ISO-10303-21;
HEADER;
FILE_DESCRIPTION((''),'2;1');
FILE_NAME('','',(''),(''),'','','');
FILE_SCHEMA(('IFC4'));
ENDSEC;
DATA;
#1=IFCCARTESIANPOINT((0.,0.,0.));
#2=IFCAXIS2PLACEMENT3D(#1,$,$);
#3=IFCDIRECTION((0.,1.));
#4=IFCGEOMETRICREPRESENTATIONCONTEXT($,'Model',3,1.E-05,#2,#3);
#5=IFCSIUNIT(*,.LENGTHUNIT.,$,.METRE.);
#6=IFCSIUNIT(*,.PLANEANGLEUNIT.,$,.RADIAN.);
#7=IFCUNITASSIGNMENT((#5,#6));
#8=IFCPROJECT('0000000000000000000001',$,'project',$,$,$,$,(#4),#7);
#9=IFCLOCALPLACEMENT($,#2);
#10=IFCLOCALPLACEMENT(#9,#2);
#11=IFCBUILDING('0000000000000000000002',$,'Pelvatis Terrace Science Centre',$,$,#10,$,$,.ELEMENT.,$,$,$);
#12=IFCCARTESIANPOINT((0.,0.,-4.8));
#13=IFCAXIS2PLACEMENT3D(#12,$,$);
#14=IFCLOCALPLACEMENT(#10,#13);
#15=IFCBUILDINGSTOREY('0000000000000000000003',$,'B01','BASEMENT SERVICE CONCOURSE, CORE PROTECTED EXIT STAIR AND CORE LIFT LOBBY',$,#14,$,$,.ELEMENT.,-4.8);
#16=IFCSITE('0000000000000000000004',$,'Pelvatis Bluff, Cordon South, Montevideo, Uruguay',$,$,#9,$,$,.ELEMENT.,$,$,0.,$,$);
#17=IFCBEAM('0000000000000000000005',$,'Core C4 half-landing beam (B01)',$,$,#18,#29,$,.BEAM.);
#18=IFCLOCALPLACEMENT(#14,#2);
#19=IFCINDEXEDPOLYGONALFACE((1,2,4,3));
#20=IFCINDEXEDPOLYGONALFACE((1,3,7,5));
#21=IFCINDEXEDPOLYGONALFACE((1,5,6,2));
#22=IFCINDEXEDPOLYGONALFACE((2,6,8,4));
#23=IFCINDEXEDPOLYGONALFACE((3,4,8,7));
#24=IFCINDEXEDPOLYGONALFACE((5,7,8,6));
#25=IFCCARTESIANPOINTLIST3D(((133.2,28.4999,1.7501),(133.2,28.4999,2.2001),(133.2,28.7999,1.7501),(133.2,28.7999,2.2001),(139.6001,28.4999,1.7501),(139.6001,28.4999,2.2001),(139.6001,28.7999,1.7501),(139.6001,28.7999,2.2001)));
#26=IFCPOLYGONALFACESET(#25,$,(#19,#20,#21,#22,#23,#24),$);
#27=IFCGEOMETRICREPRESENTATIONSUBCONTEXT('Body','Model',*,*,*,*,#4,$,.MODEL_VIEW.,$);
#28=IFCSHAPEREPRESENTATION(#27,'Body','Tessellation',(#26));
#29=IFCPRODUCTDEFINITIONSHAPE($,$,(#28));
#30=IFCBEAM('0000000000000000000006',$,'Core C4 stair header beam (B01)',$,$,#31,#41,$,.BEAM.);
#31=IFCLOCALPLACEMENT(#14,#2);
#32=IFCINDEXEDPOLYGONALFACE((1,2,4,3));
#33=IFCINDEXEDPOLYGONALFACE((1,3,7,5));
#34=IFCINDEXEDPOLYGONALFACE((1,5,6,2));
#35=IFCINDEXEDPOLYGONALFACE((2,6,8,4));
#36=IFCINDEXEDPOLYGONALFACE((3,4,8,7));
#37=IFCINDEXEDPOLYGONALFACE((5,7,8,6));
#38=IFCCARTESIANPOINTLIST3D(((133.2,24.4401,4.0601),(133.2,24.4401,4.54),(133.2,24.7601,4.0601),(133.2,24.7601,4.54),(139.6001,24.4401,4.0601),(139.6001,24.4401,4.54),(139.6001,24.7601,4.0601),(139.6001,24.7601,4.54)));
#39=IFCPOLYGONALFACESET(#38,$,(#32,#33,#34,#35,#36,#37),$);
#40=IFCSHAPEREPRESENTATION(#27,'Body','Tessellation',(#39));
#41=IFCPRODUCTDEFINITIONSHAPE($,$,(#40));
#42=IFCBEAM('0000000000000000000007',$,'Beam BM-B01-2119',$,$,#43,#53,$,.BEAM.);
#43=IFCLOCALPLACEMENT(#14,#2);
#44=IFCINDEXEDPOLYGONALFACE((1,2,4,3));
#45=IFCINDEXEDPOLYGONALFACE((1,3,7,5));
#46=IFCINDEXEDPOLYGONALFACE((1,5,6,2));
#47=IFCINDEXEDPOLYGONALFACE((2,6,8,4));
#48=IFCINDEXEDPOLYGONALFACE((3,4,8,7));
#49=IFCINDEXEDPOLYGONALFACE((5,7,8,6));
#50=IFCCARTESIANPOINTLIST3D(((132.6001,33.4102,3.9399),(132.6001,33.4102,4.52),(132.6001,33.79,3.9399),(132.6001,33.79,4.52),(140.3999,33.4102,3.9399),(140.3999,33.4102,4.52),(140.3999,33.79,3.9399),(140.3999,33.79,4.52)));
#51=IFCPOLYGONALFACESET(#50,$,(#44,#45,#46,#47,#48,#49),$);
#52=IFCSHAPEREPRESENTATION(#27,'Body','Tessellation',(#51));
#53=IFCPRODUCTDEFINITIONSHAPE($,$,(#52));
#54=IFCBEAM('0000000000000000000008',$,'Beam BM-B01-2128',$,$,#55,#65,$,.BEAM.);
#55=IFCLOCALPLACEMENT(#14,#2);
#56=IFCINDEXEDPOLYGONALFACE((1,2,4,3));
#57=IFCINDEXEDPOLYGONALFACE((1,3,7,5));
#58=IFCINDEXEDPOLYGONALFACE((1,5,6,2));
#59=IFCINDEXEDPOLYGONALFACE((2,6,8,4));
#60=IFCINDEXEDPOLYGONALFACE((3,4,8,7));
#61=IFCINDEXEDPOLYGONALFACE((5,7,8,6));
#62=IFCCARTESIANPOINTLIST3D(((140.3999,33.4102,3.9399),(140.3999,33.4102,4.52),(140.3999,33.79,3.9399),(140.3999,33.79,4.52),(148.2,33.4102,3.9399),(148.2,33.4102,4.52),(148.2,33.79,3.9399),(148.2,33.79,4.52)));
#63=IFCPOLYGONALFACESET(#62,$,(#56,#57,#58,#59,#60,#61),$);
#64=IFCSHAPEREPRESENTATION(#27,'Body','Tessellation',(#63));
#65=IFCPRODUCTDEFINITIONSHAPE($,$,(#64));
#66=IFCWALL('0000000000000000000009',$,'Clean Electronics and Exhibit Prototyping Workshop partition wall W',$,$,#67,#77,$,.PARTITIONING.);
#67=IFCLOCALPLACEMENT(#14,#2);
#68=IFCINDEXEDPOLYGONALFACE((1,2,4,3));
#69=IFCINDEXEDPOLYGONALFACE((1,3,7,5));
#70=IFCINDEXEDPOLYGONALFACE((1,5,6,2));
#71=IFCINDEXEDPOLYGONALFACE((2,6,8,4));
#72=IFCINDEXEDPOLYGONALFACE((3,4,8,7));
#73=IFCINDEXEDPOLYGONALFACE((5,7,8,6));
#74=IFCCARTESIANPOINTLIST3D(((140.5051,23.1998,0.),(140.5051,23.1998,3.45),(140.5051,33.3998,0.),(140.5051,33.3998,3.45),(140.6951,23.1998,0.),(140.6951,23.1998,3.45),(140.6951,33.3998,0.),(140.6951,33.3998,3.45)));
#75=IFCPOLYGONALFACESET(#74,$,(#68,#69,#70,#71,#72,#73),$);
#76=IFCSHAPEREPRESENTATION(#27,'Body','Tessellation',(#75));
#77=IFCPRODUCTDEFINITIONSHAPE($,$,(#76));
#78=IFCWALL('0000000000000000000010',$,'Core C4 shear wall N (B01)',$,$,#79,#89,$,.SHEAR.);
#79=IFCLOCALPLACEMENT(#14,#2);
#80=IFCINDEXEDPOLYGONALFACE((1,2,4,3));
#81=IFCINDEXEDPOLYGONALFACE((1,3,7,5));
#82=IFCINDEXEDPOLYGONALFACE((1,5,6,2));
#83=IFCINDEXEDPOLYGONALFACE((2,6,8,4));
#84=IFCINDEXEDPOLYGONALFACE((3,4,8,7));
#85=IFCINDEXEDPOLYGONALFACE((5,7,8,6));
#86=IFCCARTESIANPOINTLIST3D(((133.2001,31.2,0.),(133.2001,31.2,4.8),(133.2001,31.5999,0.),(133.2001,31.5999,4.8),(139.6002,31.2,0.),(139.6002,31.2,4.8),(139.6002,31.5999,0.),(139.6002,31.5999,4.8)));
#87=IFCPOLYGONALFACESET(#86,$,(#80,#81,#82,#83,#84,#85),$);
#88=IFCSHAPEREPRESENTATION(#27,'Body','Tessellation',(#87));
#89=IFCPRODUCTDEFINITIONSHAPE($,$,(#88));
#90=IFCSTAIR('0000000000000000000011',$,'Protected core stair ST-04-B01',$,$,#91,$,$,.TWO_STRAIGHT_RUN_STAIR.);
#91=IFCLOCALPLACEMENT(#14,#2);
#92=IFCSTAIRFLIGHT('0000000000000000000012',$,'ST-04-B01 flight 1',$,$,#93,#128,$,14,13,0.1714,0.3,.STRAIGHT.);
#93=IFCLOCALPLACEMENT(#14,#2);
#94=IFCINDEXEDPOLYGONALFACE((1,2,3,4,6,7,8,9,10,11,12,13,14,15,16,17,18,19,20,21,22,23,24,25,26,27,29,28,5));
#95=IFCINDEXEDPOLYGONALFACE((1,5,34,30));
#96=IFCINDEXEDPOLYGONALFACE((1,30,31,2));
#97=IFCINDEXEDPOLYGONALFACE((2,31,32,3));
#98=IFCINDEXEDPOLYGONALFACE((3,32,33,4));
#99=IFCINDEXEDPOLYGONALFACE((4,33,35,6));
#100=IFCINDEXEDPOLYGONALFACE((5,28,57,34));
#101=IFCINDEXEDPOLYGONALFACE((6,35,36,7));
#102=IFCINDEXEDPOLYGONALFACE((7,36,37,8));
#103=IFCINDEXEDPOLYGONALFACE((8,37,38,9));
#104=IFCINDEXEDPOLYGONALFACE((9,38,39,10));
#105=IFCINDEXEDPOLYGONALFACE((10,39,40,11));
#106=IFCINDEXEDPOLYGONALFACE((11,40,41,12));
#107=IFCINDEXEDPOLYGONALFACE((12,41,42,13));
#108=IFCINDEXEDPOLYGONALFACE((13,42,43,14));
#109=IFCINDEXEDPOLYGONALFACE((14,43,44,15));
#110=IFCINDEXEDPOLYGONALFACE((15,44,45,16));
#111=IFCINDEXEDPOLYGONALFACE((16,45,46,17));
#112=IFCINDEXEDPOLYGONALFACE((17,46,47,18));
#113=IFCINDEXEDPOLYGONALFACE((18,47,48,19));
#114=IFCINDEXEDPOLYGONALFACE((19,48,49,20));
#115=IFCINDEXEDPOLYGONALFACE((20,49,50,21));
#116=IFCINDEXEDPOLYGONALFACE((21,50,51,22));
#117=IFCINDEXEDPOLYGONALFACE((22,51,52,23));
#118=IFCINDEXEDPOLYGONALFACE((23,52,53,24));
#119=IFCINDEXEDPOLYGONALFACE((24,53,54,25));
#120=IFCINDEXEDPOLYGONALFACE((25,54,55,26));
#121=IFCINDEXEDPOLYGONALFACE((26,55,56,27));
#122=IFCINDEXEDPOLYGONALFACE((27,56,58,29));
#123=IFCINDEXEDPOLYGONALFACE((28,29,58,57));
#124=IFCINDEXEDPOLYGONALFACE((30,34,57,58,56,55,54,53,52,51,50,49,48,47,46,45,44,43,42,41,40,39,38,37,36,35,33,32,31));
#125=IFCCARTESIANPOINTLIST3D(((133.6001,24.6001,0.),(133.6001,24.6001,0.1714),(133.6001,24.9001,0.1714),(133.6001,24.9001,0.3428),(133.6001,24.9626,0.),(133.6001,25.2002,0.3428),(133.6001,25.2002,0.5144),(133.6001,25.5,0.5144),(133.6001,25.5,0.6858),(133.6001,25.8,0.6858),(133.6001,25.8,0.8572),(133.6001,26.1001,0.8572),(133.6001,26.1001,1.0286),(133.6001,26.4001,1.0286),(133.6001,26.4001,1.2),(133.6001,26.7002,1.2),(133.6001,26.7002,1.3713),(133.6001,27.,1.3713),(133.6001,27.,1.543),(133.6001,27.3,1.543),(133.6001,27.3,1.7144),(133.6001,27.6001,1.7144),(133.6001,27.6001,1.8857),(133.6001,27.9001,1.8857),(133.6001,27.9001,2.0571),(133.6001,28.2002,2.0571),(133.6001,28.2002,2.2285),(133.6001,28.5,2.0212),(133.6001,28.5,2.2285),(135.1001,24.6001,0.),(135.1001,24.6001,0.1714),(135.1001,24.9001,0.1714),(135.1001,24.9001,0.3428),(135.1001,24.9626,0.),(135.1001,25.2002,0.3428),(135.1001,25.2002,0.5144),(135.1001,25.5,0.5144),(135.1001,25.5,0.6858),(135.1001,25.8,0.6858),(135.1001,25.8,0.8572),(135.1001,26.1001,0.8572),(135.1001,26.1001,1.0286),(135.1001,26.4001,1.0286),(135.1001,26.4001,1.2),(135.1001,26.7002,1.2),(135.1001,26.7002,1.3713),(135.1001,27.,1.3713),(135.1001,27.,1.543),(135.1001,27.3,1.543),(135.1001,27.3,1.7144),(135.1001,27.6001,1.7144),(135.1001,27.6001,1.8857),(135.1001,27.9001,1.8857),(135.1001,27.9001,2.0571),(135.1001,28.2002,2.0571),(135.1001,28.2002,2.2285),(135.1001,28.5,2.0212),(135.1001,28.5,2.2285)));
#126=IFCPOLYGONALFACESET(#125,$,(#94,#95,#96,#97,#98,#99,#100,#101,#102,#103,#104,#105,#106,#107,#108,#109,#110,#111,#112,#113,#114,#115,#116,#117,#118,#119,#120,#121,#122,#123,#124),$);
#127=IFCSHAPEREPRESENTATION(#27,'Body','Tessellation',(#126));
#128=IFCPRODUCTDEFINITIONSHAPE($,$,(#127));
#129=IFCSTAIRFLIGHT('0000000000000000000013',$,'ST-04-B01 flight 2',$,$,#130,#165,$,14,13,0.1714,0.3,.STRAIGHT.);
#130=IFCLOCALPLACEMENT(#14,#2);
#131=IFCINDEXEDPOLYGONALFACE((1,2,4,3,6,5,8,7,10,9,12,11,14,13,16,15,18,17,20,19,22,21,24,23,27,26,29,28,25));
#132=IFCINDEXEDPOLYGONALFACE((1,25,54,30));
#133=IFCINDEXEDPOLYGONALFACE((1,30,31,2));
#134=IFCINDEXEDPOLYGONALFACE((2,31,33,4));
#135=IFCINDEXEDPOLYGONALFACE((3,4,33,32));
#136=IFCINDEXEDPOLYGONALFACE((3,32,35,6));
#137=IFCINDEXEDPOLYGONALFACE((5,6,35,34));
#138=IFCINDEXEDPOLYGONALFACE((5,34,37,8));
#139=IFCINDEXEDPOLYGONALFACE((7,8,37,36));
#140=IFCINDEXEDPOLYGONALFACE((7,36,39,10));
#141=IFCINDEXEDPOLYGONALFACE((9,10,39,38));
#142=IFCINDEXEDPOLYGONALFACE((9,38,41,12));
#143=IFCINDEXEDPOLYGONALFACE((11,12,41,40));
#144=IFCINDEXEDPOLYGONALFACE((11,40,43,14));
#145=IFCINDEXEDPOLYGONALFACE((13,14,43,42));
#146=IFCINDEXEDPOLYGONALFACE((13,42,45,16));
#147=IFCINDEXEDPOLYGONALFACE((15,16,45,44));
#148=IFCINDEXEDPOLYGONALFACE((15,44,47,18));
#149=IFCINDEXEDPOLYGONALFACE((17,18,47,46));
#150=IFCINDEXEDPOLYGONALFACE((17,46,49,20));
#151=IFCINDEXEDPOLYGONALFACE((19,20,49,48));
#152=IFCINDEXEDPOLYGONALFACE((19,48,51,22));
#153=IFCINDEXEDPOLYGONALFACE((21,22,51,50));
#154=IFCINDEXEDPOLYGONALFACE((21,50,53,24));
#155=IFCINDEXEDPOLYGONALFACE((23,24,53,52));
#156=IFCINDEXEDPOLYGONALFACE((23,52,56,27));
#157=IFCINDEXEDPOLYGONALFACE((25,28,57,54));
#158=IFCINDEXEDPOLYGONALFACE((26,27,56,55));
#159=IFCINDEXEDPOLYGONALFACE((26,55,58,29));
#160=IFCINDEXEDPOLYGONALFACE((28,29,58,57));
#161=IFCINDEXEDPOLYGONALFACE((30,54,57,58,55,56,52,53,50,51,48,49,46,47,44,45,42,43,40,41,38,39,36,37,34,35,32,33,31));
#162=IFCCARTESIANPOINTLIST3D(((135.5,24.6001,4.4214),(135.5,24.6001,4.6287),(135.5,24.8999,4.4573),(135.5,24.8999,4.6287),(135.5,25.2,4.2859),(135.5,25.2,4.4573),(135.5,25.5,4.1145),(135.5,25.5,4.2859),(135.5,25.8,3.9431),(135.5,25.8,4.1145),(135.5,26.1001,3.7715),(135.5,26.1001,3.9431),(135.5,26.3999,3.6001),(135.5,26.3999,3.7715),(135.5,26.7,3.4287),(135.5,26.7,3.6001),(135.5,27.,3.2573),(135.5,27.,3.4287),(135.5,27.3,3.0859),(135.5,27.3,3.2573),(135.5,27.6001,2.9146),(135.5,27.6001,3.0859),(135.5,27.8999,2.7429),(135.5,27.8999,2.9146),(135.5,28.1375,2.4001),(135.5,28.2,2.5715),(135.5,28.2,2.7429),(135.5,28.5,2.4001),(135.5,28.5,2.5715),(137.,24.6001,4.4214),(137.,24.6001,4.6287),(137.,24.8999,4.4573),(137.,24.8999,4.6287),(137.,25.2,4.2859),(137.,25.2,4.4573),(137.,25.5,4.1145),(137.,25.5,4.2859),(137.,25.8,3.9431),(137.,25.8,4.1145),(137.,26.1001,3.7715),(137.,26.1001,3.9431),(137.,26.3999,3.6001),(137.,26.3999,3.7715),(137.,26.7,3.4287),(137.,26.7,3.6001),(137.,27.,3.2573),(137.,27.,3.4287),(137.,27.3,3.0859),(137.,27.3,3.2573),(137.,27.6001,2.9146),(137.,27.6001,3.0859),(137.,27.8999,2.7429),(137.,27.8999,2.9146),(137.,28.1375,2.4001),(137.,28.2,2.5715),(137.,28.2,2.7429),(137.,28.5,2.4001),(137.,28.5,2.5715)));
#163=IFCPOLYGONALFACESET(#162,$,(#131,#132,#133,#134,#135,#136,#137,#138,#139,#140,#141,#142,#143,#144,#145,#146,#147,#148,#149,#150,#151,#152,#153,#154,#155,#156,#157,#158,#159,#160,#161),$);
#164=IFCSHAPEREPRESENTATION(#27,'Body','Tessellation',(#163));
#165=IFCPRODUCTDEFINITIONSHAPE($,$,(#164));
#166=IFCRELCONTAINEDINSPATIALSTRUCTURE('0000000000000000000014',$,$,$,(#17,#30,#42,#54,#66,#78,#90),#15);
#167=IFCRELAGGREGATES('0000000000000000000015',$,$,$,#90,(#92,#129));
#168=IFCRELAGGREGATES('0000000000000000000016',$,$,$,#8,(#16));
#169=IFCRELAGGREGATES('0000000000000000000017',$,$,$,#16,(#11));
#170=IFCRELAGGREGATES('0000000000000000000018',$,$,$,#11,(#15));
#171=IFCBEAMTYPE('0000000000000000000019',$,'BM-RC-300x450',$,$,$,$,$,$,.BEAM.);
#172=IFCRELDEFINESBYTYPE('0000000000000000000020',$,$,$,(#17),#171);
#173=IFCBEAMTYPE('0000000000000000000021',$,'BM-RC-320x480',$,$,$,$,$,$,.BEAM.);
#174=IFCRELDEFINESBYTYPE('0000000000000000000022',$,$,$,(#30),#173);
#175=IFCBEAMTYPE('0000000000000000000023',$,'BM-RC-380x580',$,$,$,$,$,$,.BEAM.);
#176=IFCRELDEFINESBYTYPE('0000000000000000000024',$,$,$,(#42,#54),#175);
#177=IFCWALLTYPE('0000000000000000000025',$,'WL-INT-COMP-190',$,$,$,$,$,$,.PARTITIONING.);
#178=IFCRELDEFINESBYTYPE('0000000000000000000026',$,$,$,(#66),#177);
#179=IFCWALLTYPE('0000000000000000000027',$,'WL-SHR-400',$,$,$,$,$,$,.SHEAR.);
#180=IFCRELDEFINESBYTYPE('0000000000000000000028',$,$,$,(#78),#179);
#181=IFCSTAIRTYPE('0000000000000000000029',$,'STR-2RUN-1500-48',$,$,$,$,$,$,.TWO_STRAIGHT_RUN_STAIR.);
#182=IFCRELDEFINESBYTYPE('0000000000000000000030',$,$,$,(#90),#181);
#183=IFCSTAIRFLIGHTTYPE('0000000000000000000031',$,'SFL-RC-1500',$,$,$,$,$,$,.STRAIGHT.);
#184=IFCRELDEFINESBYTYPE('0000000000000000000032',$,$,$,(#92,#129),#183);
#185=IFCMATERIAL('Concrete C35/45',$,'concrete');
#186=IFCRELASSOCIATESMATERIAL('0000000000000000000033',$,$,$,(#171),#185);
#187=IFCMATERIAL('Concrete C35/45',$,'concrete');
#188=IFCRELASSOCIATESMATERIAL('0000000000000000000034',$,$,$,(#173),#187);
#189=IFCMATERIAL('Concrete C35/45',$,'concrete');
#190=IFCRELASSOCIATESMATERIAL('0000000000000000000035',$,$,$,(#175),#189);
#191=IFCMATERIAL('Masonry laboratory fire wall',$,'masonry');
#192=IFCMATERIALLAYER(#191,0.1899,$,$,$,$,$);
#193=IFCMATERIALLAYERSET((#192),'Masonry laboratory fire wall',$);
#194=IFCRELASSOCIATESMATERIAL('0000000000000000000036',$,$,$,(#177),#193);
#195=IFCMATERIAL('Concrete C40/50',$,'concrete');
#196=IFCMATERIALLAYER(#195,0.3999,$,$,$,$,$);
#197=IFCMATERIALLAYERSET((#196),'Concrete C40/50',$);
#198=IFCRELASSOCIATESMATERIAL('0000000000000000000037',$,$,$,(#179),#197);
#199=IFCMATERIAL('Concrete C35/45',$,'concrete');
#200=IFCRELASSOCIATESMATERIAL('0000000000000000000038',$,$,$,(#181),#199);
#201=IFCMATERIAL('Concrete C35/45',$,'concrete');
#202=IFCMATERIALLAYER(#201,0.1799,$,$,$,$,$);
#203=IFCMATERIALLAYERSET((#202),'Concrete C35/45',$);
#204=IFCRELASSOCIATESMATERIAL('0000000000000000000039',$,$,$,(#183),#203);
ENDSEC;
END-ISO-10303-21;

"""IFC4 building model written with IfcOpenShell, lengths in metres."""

from ifc_helpers import new_model, si_unit, direction, frame, frame_2d, origin, origin_2d, place, context, subcontext, project, spatial, polyline, rectangle, outline, extrude, material, layer, layer_set, material_profile, profile_set, type_object, element, aggregate, save


model = new_model("IFC4")

# Units and contexts
model_context = context("Model", 3, precision=1e-05, world=origin(), true_north=direction((0.0, 1.0)))
body_context = subcontext(model_context, "Body", "Model", "MODEL_VIEW")
ifc_project = project(units=[si_unit("LENGTHUNIT", "METRE"), si_unit("PLANEANGLEUNIT", "RADIAN")], contexts=[model_context])

# Site, building, storey
site_placement = place(None, origin())
site = spatial("IfcSite", under=ifc_project, at=site_placement, Name="Pelvatis Bluff, Cordon South, Montevideo, Uruguay", CompositionType="ELEMENT", RefElevation=0.0)
building_placement = place(site_placement, origin())
building = spatial("IfcBuilding", under=site, at=building_placement, Name="Pelvatis Terrace Science Centre", CompositionType="ELEMENT")
storey_placement = place(building_placement, frame((0.0, 0.0, -4.8)))
storey = spatial("IfcBuildingStorey", under=building, at=storey_placement, Name="B01", Description="BASEMENT SERVICE CONCOURSE, CORE PROTECTED EXIT STAIR AND CORE LIFT LOBBY", CompositionType="ELEMENT", Elevation=-4.8)

# Beams
ifc_material_1 = material(Name="Concrete C35/45", Category="concrete")
ifc_material_profile_1 = material_profile(ifc_material_1, rectangle(XDim=0.3, YDim=0.45, at=origin_2d()), Name="RC-BM 300x450")
ifc_profile_set_1 = profile_set([ifc_material_profile_1], Name="Concrete C35/45")
beam_type_1 = type_object("IfcBeamType", Name="BM-RC-300x450", PredefinedType="BEAM", material=ifc_profile_set_1)
beam_1_placement = place(storey_placement, frame((133.2, 28.6499, 1.9751), z_axis=(1.0, 0.0, 0.0), x_axis=(0.0, 1.0, 0.0)))
element("IfcBeam", 1, at=beam_1_placement, inside=storey, type_object=beam_type_1, Name="Core C4 half-landing beam (B01)", PredefinedType="BEAM", context=body_context, shape_type="SweptSolid", body=[
    extrude(rectangle(XDim=0.3, YDim=0.45, at=origin_2d()), origin(), (0.0, 0.0, 1.0), 6.4001),
])
ifc_material_2 = material(Name="Concrete C35/45", Category="concrete")
ifc_material_profile_2 = material_profile(ifc_material_2, rectangle(XDim=0.3201, YDim=0.48, at=origin_2d()), Name="RC-BM 320x480")
ifc_profile_set_2 = profile_set([ifc_material_profile_2], Name="Concrete C35/45")
beam_type_2 = type_object("IfcBeamType", Name="BM-RC-320x480", PredefinedType="BEAM", material=ifc_profile_set_2)
beam_2_placement = place(storey_placement, frame((133.2, 24.6001, 4.3), z_axis=(1.0, 0.0, 0.0), x_axis=(0.0, 1.0, 0.0)))
element("IfcBeam", 2, at=beam_2_placement, inside=storey, type_object=beam_type_2, Name="Core C4 stair header beam (B01)", PredefinedType="BEAM", context=body_context, shape_type="SweptSolid", body=[
    extrude(rectangle(XDim=0.3201, YDim=0.48, at=origin_2d()), origin(), (0.0, 0.0, 1.0), 6.4001),
])
ifc_material_3 = material(Name="Concrete C35/45", Category="concrete")
ifc_material_profile_3 = material_profile(ifc_material_3, rectangle(XDim=0.3799, YDim=0.5801, at=origin_2d()), Name="RC-BM 380x580")
ifc_profile_set_3 = profile_set([ifc_material_profile_3], Name="Concrete C35/45")
beam_type_3 = type_object("IfcBeamType", Name="BM-RC-380x580", PredefinedType="BEAM", material=ifc_profile_set_3)
beam_3_placement = place(storey_placement, frame((132.6001, 33.6001, 4.23), z_axis=(1.0, 0.0, 0.0), x_axis=(0.0, 1.0, 0.0)))
element("IfcBeam", 3, at=beam_3_placement, inside=storey, type_object=beam_type_3, Name="Beam BM-B01-2119", PredefinedType="BEAM", context=body_context, shape_type="SweptSolid", body=[
    extrude(rectangle(XDim=0.3799, YDim=0.5801, at=origin_2d()), origin(), (0.0, 0.0, 1.0), 7.7998),
])
beam_4_placement = place(storey_placement, frame((140.3999, 33.6001, 4.23), z_axis=(1.0, 0.0, 0.0), x_axis=(0.0, 1.0, 0.0)))
element("IfcBeam", 4, at=beam_4_placement, inside=storey, type_object=beam_type_3, Name="Beam BM-B01-2128", PredefinedType="BEAM", context=body_context, shape_type="SweptSolid", body=[
    extrude(rectangle(XDim=0.3799, YDim=0.5801, at=origin_2d()), origin(), (0.0, 0.0, 1.0), 7.8),
])

# Wall
ifc_material_4 = material(Name="Masonry laboratory fire wall", Category="masonry")
ifc_layer_1 = layer(ifc_material_4, 0.1899)
ifc_layer_set_1 = layer_set([ifc_layer_1], Name="Masonry laboratory fire wall")
wall_type_1 = type_object("IfcWallType", Name="WL-INT-COMP-190", PredefinedType="PARTITIONING", material=ifc_layer_set_1)
wall_1_placement = place(storey_placement, frame((140.6001, 33.3999, 0.0), z_axis=(0.0, 0.0, 1.0), x_axis=(0.0, -1.0, 0.0)))
element("IfcWall", 5, at=wall_1_placement, inside=storey, type_object=wall_type_1, Name="Clean Electronics and Exhibit Prototyping Workshop partition wall W", PredefinedType="PARTITIONING", context=body_context, shape_type="SweptSolid", body=[
    extrude(rectangle(XDim=10.2, YDim=0.1899, at=frame_2d((5.1001, 0.0))), origin(), (0.0, 0.0, 1.0), 3.45),
])

# Wall
ifc_material_5 = material(Name="Concrete C40/50", Category="concrete")
ifc_layer_2 = layer(ifc_material_5, 0.3999)
ifc_layer_set_2 = layer_set([ifc_layer_2], Name="Concrete C40/50")
wall_type_2 = type_object("IfcWallType", Name="WL-SHR-400", PredefinedType="SHEAR", material=ifc_layer_set_2)
wall_2_placement = place(storey_placement, frame((133.2, 31.3999, 0.0), z_axis=(0.0, 0.0, 1.0), x_axis=(1.0, 0.0, 0.0)))
element("IfcWall", 6, at=wall_2_placement, inside=storey, type_object=wall_type_2, Name="Core C4 shear wall N (B01)", PredefinedType="SHEAR", context=body_context, shape_type="SweptSolid", body=[
    extrude(rectangle(XDim=6.4001, YDim=0.3999, at=frame_2d((3.2002, 0.0))), origin(), (0.0, 0.0, 1.0), 4.8),
])

# Stair, stair flights
ifc_material_6 = material(Name="Concrete C35/45", Category="concrete")
stair_type = type_object("IfcStairType", Name="STR-2RUN-1500-48", PredefinedType="TWO_STRAIGHT_RUN_STAIR", material=ifc_material_6)
stair_placement = place(storey_placement, origin())
stair = element("IfcStair", 7, at=stair_placement, inside=storey, type_object=stair_type, Name="Protected core stair ST-04-B01", PredefinedType="TWO_STRAIGHT_RUN_STAIR")
ifc_material_7 = material(Name="Concrete C35/45", Category="concrete")
ifc_layer_3 = layer(ifc_material_7, 0.1799)
ifc_layer_set_3 = layer_set([ifc_layer_3], Name="Concrete C35/45")
stair_flight_type = type_object("IfcStairFlightType", Name="SFL-RC-1500", PredefinedType="STRAIGHT", material=ifc_layer_set_3)
stair_flight_1_placement = place(storey_placement, frame((134.3501, 24.6001, 0.0), z_axis=(0.0, 0.0, 1.0), x_axis=(0.0, 1.0, 0.0)))
stair_flight_1 = element("IfcStairFlight", 8, at=stair_flight_1_placement, type_object=stair_flight_type, Name="ST-04-B01 flight 1", NumberOfRisers=14, NumberOfTreads=13, PredefinedType="STRAIGHT", RiserHeight=0.1714, TreadLength=0.3, context=body_context, shape_type="SweptSolid", body=[
    extrude(outline(polyline([(0.0, 0.0), (0.0, 0.1714), (0.3, 0.1714), (0.3, 0.3428), (0.6001, 0.3428), (0.6001, 0.5144), (0.8999, 0.5144), (0.8999, 0.6858), (1.2, 0.6858), (1.2, 0.8572), (1.5, 0.8572), (1.5, 1.0286), (1.8, 1.0286), (1.8, 1.2), (2.1001, 1.2), (2.1001, 1.3713), (2.3999, 1.3713), (2.3999, 1.543), (2.7, 1.543), (2.7, 1.7144), (3.0, 1.7144), (3.0, 1.8857), (3.3, 1.8857), (3.3, 2.0571), (3.6001, 2.0571), (3.6001, 2.2285), (3.8999, 2.2285), (3.8999, 2.3999), (3.8999, 2.0212), (0.3625, 0.0), (0.0, 0.0)])), frame((0.0, 0.75, 0.0), z_axis=(0.0, -1.0, 0.0), x_axis=(1.0, 0.0, 0.0)), (0.0, 0.0, 1.0), 1.5),
])
stair_flight_2_placement = place(storey_placement, frame((136.25, 28.5, 2.4001), z_axis=(0.0, 0.0, 1.0), x_axis=(0.0, -1.0, 0.0)))
stair_flight_2 = element("IfcStairFlight", 9, at=stair_flight_2_placement, type_object=stair_flight_type, Name="ST-04-B01 flight 2", NumberOfRisers=14, NumberOfTreads=13, PredefinedType="STRAIGHT", RiserHeight=0.1714, TreadLength=0.3, context=body_context, shape_type="SweptSolid", body=[
    extrude(outline(polyline([(0.0, 0.0), (0.0, 0.1714), (0.3, 0.1714), (0.3, 0.3428), (0.6001, 0.3428), (0.6001, 0.5144), (0.8999, 0.5144), (0.8999, 0.6858), (1.2, 0.6858), (1.2, 0.8572), (1.5, 0.8572), (1.5, 1.0286), (1.8, 1.0286), (1.8, 1.2), (2.1001, 1.2), (2.1001, 1.3713), (2.3999, 1.3713), (2.3999, 1.543), (2.7, 1.543), (2.7, 1.7144), (3.0, 1.7144), (3.0, 1.8857), (3.3, 1.8857), (3.3, 2.0571), (3.6001, 2.0571), (3.6001, 2.2285), (3.8999, 2.2285), (3.8999, 2.3999), (3.8999, 2.0212), (0.3625, 0.0), (0.0, 0.0)])), frame((0.0, 0.75, 0.0), z_axis=(0.0, -1.0, 0.0), x_axis=(1.0, 0.0, 0.0)), (0.0, 0.0, 1.0), 1.5),
])
aggregate(stair, [stair_flight_1, stair_flight_2])

save(model, "model.ifc")
